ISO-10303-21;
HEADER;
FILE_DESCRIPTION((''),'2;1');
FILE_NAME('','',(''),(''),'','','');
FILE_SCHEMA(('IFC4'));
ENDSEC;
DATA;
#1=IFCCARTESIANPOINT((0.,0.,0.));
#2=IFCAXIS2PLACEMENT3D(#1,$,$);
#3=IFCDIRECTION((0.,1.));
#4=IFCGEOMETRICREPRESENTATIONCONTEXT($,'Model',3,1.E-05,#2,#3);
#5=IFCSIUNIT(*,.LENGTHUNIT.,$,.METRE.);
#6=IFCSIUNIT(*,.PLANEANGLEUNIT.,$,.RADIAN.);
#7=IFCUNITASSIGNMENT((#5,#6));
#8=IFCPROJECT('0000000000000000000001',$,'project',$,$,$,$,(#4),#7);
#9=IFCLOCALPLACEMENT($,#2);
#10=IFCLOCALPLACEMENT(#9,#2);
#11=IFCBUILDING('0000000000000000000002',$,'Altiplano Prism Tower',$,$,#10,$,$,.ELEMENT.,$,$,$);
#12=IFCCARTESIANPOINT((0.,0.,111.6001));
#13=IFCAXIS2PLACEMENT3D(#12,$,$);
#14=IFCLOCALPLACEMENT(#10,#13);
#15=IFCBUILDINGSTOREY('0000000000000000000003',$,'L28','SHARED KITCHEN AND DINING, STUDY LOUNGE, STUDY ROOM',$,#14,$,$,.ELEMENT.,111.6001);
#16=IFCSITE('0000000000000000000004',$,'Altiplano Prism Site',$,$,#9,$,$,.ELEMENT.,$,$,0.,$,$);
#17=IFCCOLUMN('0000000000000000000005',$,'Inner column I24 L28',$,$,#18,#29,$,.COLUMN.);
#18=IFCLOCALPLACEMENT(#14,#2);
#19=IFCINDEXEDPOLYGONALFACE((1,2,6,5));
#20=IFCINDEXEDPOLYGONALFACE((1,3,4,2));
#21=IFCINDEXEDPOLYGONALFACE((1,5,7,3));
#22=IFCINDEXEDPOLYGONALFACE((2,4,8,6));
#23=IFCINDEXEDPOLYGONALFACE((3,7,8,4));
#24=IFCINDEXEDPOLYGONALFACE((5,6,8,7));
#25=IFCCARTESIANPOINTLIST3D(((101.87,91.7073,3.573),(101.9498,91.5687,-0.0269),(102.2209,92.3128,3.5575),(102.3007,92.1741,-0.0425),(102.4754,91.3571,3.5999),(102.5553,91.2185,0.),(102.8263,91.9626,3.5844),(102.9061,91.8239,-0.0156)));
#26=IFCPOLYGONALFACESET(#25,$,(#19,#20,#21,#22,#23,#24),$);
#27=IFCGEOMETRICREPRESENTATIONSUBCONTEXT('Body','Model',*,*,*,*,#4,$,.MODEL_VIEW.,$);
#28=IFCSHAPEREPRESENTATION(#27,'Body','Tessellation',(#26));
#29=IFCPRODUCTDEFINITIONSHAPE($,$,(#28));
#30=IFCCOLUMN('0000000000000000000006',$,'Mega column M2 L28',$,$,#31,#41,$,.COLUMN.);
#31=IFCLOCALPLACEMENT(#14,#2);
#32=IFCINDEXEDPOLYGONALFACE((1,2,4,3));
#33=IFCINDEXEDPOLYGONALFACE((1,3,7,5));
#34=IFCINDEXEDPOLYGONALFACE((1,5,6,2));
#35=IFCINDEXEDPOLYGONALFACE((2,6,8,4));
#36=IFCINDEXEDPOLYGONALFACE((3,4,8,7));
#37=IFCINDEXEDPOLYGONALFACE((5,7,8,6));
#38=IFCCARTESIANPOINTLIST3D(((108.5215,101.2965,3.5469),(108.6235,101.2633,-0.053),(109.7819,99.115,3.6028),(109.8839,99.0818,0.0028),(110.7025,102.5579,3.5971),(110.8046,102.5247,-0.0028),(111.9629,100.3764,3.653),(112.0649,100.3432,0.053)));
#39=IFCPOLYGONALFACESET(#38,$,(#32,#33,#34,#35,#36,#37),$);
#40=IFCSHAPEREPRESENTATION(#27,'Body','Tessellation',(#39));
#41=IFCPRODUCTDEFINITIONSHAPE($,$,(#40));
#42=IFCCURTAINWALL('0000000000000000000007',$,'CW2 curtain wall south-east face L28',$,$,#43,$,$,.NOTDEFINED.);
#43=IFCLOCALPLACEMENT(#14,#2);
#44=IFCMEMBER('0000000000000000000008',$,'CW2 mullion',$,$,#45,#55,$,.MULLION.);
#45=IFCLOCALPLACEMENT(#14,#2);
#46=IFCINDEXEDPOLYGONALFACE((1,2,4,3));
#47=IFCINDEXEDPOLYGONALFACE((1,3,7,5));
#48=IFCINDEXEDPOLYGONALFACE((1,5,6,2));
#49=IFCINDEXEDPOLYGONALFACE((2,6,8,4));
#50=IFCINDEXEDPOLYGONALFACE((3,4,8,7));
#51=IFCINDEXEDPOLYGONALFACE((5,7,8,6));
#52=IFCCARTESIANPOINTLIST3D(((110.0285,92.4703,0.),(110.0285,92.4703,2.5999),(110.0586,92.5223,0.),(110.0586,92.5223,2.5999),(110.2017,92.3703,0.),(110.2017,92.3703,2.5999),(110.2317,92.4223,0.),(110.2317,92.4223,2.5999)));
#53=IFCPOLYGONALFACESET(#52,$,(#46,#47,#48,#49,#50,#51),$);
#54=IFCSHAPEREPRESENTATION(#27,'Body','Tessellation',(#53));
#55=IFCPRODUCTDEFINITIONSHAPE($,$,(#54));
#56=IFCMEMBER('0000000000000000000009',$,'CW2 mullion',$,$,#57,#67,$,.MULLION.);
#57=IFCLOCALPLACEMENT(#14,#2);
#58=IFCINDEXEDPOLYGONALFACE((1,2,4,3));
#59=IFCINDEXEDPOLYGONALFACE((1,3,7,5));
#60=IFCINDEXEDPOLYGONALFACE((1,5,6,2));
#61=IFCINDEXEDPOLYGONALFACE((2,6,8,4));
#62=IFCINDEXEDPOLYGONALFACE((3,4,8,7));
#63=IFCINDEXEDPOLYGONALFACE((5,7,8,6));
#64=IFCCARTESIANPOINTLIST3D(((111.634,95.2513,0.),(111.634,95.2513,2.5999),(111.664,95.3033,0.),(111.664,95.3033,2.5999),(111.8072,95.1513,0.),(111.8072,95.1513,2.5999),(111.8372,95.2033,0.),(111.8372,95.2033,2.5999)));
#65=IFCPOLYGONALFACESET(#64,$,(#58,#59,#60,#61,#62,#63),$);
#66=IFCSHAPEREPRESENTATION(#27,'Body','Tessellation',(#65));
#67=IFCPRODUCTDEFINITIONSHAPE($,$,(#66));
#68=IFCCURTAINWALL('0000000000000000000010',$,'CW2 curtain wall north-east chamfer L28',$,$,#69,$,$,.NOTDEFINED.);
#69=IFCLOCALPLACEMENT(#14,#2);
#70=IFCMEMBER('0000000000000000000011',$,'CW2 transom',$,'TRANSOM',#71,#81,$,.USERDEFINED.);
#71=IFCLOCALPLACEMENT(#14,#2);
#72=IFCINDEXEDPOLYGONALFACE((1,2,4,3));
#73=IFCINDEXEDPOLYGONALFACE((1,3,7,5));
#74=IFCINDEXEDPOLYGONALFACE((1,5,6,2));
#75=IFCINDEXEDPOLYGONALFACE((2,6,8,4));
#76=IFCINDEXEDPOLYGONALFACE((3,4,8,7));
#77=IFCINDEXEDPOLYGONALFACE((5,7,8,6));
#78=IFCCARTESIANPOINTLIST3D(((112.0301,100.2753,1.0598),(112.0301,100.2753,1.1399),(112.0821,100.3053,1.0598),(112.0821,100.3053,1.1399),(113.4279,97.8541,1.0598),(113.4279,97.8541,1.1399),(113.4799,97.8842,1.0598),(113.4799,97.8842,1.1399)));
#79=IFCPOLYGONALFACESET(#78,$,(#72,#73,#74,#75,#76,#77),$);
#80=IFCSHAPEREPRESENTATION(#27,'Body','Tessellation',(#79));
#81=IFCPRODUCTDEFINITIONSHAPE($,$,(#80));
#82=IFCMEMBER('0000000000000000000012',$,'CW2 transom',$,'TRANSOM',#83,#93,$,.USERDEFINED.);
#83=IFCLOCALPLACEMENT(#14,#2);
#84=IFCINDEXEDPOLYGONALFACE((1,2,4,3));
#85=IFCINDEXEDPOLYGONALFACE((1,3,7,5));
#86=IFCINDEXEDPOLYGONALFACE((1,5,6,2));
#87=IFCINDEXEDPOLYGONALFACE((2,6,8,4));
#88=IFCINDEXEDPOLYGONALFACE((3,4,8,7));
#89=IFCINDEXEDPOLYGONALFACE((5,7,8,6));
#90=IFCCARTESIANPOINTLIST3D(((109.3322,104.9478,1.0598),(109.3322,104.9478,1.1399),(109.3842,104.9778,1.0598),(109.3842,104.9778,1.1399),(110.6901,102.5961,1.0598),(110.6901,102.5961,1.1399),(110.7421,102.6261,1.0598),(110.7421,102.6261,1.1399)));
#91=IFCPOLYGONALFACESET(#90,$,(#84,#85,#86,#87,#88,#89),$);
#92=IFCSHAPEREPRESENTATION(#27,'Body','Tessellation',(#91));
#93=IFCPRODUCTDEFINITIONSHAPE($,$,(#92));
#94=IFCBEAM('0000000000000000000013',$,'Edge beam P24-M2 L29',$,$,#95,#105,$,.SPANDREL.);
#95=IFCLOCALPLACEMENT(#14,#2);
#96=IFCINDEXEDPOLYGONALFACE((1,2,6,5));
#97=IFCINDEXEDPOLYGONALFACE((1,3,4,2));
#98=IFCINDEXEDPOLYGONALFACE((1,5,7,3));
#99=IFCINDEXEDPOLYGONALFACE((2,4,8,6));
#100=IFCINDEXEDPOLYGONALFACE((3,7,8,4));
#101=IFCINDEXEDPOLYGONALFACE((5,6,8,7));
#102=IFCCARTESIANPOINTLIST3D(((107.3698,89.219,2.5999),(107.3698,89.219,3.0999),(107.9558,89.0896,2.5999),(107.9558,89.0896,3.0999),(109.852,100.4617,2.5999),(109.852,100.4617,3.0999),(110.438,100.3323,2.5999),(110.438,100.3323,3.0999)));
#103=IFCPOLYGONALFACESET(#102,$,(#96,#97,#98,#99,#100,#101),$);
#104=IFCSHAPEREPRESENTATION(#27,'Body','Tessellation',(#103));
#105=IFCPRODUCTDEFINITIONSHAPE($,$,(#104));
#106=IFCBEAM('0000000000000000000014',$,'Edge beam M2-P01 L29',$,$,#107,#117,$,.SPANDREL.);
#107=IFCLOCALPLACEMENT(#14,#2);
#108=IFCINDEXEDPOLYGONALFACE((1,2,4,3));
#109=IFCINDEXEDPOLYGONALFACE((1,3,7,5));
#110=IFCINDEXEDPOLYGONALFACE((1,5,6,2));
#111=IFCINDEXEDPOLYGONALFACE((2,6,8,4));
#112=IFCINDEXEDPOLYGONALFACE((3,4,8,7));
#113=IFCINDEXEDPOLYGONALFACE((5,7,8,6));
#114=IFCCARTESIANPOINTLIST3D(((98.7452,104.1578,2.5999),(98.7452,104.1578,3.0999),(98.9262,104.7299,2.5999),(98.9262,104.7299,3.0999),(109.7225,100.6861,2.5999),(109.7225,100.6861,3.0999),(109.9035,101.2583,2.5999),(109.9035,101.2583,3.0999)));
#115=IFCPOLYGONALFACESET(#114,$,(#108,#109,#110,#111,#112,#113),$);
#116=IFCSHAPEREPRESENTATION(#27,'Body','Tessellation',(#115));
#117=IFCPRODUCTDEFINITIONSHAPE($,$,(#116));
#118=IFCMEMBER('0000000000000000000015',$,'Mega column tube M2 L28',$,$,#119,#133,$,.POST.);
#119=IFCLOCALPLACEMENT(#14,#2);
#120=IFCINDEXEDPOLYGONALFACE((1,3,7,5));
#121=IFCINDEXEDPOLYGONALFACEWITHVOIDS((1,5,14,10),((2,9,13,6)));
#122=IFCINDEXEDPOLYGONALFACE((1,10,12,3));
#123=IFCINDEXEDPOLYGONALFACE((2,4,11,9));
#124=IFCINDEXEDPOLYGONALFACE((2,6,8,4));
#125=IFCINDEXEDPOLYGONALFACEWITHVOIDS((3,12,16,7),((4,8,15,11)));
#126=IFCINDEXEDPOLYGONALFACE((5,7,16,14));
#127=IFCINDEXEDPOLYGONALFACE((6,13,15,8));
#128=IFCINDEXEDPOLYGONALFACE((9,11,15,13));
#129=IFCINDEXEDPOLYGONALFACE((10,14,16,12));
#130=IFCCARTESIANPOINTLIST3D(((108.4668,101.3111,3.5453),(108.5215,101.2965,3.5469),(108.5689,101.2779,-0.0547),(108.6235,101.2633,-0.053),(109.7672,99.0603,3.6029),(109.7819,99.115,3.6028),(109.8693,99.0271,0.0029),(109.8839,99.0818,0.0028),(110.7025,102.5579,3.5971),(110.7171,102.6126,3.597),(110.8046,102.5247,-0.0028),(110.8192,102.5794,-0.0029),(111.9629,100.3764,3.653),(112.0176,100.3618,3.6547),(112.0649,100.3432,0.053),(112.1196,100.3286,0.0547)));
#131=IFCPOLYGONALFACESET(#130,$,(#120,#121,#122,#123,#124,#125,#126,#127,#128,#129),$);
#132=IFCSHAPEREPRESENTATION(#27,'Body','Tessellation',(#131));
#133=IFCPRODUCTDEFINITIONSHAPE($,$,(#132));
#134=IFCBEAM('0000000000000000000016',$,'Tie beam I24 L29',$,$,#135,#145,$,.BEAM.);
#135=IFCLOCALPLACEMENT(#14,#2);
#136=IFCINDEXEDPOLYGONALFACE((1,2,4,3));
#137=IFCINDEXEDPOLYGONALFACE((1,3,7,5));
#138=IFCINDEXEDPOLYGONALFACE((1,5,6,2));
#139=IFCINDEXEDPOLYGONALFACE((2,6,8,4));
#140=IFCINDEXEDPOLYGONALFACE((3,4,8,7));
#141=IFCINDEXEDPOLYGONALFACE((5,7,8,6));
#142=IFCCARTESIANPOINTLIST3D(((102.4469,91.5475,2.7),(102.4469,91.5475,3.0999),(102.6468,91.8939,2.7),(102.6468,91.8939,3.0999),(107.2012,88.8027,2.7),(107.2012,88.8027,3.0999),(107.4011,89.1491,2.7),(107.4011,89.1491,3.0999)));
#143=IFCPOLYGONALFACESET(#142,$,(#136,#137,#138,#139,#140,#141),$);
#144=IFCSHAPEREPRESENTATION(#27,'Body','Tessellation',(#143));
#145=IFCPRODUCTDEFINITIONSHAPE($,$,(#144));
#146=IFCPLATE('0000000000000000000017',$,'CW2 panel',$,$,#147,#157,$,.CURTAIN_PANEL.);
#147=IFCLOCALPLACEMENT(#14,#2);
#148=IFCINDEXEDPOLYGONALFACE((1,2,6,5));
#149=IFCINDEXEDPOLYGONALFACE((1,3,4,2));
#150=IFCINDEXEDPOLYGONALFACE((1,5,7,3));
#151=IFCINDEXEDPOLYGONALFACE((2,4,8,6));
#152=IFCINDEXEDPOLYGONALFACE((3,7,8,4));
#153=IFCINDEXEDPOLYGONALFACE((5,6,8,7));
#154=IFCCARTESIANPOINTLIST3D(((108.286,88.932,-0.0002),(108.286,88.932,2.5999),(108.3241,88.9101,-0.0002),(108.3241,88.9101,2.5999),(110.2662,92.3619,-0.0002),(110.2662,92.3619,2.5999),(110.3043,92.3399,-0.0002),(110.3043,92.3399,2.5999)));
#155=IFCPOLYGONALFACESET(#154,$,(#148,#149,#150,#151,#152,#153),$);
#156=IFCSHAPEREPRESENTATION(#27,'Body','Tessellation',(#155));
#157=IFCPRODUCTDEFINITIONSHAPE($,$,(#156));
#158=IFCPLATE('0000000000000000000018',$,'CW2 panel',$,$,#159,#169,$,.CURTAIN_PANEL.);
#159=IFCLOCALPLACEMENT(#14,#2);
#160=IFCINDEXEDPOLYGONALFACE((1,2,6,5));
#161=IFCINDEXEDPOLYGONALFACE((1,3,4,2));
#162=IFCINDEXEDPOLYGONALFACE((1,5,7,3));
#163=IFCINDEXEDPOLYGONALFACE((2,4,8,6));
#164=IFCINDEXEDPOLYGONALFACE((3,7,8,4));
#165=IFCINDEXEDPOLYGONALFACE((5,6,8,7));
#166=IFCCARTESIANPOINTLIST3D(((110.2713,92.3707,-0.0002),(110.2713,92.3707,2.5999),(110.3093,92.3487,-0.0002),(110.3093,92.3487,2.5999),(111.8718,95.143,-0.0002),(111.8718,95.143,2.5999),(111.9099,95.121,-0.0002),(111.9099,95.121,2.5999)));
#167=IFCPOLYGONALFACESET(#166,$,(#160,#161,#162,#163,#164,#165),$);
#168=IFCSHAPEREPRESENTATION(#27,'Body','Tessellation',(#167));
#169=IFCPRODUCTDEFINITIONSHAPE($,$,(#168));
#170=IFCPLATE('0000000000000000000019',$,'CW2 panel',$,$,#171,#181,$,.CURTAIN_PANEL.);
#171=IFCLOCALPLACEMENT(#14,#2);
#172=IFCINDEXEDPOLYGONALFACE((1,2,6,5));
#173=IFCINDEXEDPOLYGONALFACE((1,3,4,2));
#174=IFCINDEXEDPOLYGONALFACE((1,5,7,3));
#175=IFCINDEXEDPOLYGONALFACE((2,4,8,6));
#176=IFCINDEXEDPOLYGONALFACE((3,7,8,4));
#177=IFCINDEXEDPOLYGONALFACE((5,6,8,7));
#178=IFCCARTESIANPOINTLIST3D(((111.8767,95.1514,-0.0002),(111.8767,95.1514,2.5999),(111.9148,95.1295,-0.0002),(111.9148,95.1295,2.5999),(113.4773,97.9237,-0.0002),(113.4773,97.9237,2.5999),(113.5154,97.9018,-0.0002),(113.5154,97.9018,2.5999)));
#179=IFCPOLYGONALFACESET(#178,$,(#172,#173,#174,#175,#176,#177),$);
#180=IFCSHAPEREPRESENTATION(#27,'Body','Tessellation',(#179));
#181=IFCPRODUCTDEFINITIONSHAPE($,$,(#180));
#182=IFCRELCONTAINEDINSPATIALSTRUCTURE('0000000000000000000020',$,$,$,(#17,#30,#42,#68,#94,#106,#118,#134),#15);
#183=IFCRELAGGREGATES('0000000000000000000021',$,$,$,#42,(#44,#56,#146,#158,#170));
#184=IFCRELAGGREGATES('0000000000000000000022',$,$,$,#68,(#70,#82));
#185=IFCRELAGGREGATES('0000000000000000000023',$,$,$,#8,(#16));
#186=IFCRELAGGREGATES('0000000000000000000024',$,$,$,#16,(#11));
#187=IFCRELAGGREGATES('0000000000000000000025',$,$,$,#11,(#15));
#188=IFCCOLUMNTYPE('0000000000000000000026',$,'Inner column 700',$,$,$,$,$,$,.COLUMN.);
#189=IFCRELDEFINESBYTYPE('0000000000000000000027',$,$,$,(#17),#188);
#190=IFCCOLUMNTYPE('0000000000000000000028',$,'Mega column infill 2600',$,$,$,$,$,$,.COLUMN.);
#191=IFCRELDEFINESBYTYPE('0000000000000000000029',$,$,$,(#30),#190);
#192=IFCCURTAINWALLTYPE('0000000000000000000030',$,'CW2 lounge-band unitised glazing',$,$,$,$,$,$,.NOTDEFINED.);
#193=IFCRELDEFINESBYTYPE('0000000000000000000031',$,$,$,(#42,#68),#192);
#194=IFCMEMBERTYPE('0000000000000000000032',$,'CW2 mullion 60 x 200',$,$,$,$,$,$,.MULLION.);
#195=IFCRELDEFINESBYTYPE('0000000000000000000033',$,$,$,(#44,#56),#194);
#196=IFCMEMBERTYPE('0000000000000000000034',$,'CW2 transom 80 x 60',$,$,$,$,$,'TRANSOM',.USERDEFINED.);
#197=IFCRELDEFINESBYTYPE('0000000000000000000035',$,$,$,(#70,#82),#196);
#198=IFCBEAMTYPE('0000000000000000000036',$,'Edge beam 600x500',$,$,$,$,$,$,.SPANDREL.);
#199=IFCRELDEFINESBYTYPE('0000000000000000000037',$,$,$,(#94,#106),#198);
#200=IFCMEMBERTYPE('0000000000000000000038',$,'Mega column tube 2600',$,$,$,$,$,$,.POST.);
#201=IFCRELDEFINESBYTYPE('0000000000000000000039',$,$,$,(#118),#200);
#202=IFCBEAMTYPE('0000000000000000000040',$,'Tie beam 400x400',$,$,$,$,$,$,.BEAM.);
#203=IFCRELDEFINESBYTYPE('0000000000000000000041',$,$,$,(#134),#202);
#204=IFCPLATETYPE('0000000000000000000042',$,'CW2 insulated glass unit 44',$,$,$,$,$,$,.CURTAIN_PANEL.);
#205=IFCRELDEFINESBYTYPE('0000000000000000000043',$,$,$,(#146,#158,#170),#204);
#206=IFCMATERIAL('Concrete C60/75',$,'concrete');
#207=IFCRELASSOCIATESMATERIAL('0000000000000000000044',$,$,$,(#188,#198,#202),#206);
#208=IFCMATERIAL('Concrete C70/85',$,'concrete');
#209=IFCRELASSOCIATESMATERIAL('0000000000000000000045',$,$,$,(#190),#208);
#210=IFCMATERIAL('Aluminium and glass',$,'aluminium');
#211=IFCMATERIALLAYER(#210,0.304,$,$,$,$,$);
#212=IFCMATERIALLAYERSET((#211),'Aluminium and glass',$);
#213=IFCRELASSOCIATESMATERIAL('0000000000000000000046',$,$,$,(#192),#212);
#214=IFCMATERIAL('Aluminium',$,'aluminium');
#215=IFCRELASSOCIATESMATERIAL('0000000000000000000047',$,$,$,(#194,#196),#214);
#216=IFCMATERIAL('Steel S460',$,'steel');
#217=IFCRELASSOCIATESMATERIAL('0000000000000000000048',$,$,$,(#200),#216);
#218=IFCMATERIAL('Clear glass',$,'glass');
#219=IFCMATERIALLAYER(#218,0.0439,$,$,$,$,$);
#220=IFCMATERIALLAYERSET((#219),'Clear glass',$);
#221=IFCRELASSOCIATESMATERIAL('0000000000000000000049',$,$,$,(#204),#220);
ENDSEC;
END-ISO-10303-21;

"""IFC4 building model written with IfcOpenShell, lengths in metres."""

from ifc_helpers import new_model, si_unit, direction, frame, origin, origin_2d, place, context, subcontext, project, spatial, rectangle, hollow_rectangle, extrude, material, layer, layer_set, material_profile, profile_set, type_object, element, aggregate, save


model = new_model("IFC4")

# Units and contexts
model_context = context("Model", 3, precision=1e-05, world=origin(), true_north=direction((0.0, 1.0)))
body_context = subcontext(model_context, "Body", "Model", "MODEL_VIEW")
ifc_project = project(units=[si_unit("LENGTHUNIT", "METRE"), si_unit("PLANEANGLEUNIT", "RADIAN")], contexts=[model_context])

# Site, building, storey
site_placement = place(None, origin())
site = spatial("IfcSite", under=ifc_project, at=site_placement, Name="Altiplano Prism Site", CompositionType="ELEMENT", RefElevation=0.0)
building_placement = place(site_placement, origin())
building = spatial("IfcBuilding", under=site, at=building_placement, Name="Altiplano Prism Tower", CompositionType="ELEMENT")
storey_placement = place(building_placement, frame((0.0, 0.0, 111.6001)))
storey = spatial("IfcBuildingStorey", under=building, at=storey_placement, Name="L28", Description="SHARED KITCHEN AND DINING, STUDY LOUNGE, STUDY ROOM", CompositionType="ELEMENT", Elevation=111.6001)

# Columns
ifc_material_1 = material(Name="Concrete C60/75", Category="concrete")
ifc_material_profile_1 = material_profile(ifc_material_1, rectangle(XDim=0.7, YDim=0.7, at=origin_2d()), Name="Inner column 700")
ifc_profile_set_1 = profile_set([ifc_material_profile_1], Name="Concrete C60/75")
column_type_1 = type_object("IfcColumnType", Name="Inner column 700", PredefinedType="COLUMN", material=ifc_profile_set_1)
column_1_placement = place(storey_placement, frame((102.428, 91.6963, -0.0212), z_axis=(-0.022155, 0.038484, 0.999014), x_axis=(-0.501318, -0.864978, 0.022203)))
element("IfcColumn", 1, at=column_1_placement, inside=storey, type_object=column_type_1, Name="Inner column I24 L28", PredefinedType="COLUMN", context=body_context, shape_type="SweptSolid", body=[
    extrude(rectangle(XDim=0.7, YDim=0.7, at=origin_2d()), origin(), (0.0, 0.0, 1.0), 3.6035),
])
ifc_material_2 = material(Name="Concrete C70/85", Category="concrete")
ifc_material_profile_2 = material_profile(ifc_material_2, rectangle(XDim=2.52, YDim=2.52, at=origin_2d()), Name="Mega column infill 2600")
ifc_profile_set_2 = profile_set([ifc_material_profile_2], Name="Concrete C70/85")
column_type_2 = type_object("IfcColumnType", Name="Mega column infill 2600", PredefinedType="COLUMN", material=ifc_profile_set_2)
column_2_placement = place(storey_placement, frame((110.3442, 100.8032, 0.0), z_axis=(-0.028336, 0.009219, 0.999556), x_axis=(0.500148, -0.865656, 0.022163)))
element("IfcColumn", 2, at=column_2_placement, inside=storey, type_object=column_type_2, Name="Mega column M2 L28", PredefinedType="COLUMN", context=body_context, shape_type="SweptSolid", body=[
    extrude(rectangle(XDim=2.52, YDim=2.52, at=origin_2d()), origin(), (0.0, 0.0, 1.0), 3.6016),
])

# Curtain walls, members
ifc_material_3 = material(Name="Aluminium and glass", Category="aluminium")
ifc_layer_1 = layer(ifc_material_3, 0.304)
ifc_layer_set_1 = layer_set([ifc_layer_1], Name="Aluminium and glass")
curtain_wall_type = type_object("IfcCurtainWallType", Name="CW2 lounge-band unitised glazing", PredefinedType="NOTDEFINED", material=ifc_layer_set_1)
curtain_wall_1_placement = place(storey_placement, origin())
curtain_wall_1 = element("IfcCurtainWall", 3, at=curtain_wall_1_placement, inside=storey, type_object=curtain_wall_type, Name="CW2 curtain wall south-east face L28", PredefinedType="NOTDEFINED")
ifc_material_4 = material(Name="Aluminium", Category="aluminium")
ifc_material_profile_3 = material_profile(ifc_material_4, rectangle(XDim=0.2, YDim=0.0601, at=origin_2d()), Name="CW2 mullion 60 x 200")
ifc_profile_set_3 = profile_set([ifc_material_profile_3], Name="Aluminium")
member_type_1 = type_object("IfcMemberType", Name="CW2 mullion 60 x 200", PredefinedType="MULLION", material=ifc_profile_set_3)
member_1_placement = place(storey_placement, frame((110.1301, 92.4463, 0.0), z_axis=(0.0, 0.0, 1.0), x_axis=(-0.866025, 0.5, 0.0)))
member_1 = element("IfcMember", 4, at=member_1_placement, type_object=member_type_1, Name="CW2 mullion", PredefinedType="MULLION", context=body_context, shape_type="SweptSolid", body=[
    extrude(rectangle(XDim=0.2, YDim=0.0601, at=origin_2d()), origin(), (0.0, 0.0, 1.0), 2.5999),
])
member_2_placement = place(storey_placement, frame((111.7356, 95.2273, 0.0), z_axis=(0.0, 0.0, 1.0), x_axis=(-0.866025, 0.5, 0.0)))
member_2 = element("IfcMember", 5, at=member_2_placement, type_object=member_type_1, Name="CW2 mullion", PredefinedType="MULLION", context=body_context, shape_type="SweptSolid", body=[
    extrude(rectangle(XDim=0.2, YDim=0.0601, at=origin_2d()), origin(), (0.0, 0.0, 1.0), 2.5999),
])
curtain_wall_2_placement = place(storey_placement, origin())
curtain_wall_2 = element("IfcCurtainWall", 6, at=curtain_wall_2_placement, inside=storey, type_object=curtain_wall_type, Name="CW2 curtain wall north-east chamfer L28", PredefinedType="NOTDEFINED")
ifc_material_profile_4 = material_profile(ifc_material_4, rectangle(XDim=0.0601, YDim=0.0801, at=origin_2d()), Name="CW2 transom 80 x 60")
ifc_profile_set_4 = profile_set([ifc_material_profile_4], Name="Aluminium")
member_type_2 = type_object("IfcMemberType", Name="CW2 transom 80 x 60", ElementType="TRANSOM", PredefinedType="USERDEFINED", material=ifc_profile_set_4)
member_3_placement = place(storey_placement, frame((113.4539, 97.8691, 1.0999), z_axis=(-0.499962, 0.866047, 0.0), x_axis=(-0.866047, -0.499962, 0.0)))
member_3 = element("IfcMember", 7, at=member_3_placement, type_object=member_type_2, Name="CW2 transom", ObjectType="TRANSOM", PredefinedType="USERDEFINED", context=body_context, shape_type="SweptSolid", body=[
    extrude(rectangle(XDim=0.0601, YDim=0.0801, at=origin_2d()), origin(), (0.0, 0.0, 1.0), 2.7957),
])
member_4_placement = place(storey_placement, frame((110.7161, 102.6111, 1.0999), z_axis=(-0.500026, 0.86601, 0.0), x_axis=(-0.86601, -0.500026, 0.0)))
member_4 = element("IfcMember", 8, at=member_4_placement, type_object=member_type_2, Name="CW2 transom", ObjectType="TRANSOM", PredefinedType="USERDEFINED", context=body_context, shape_type="SweptSolid", body=[
    extrude(rectangle(XDim=0.0601, YDim=0.0801, at=origin_2d()), origin(), (0.0, 0.0, 1.0), 2.7156),
])

# Beams
ifc_material_profile_5 = material_profile(ifc_material_1, rectangle(XDim=0.6001, YDim=0.5, at=origin_2d()), Name="Edge beam 600x500")
ifc_profile_set_5 = profile_set([ifc_material_profile_5], Name="Concrete C60/75")
beam_type_1 = type_object("IfcBeamType", Name="Edge beam 600x500", PredefinedType="SPANDREL", material=ifc_profile_set_5)
beam_1_placement = place(storey_placement, frame((107.6628, 89.1543, 2.8499), z_axis=(0.21559, 0.976484, 0.0), x_axis=(-0.976484, 0.21559, 0.0)))
element("IfcBeam", 9, at=beam_1_placement, inside=storey, type_object=beam_type_1, Name="Edge beam P24-M2 L29", PredefinedType="SPANDREL", context=body_context, shape_type="SweptSolid", body=[
    extrude(rectangle(XDim=0.6001, YDim=0.5, at=origin_2d()), origin(), (0.0, 0.0, 1.0), 11.5134),
])
beam_2_placement = place(storey_placement, frame((109.813, 100.9722, 2.8499), z_axis=(-0.953454, 0.301539, 0.0), x_axis=(-0.301539, -0.953454, 0.0)))
element("IfcBeam", 10, at=beam_2_placement, inside=storey, type_object=beam_type_1, Name="Edge beam M2-P01 L29", PredefinedType="SPANDREL", context=body_context, shape_type="SweptSolid", body=[
    extrude(rectangle(XDim=0.6001, YDim=0.5, at=origin_2d()), origin(), (0.0, 0.0, 1.0), 11.5132),
])

# Member
ifc_material_5 = material(Name="Steel S460", Category="steel")
ifc_material_profile_6 = material_profile(ifc_material_5, hollow_rectangle(XDim=2.6001, YDim=2.6001, WallThickness=0.04, at=origin_2d()), Name="Mega column tube 2600")
ifc_profile_set_6 = profile_set([ifc_material_profile_6], Name="Steel S460")
member_type_3 = type_object("IfcMemberType", Name="Mega column tube 2600", PredefinedType="POST", material=ifc_profile_set_6)
member_5_placement = place(storey_placement, frame((110.3442, 100.8032, 0.0), z_axis=(-0.028336, 0.009219, 0.999556), x_axis=(0.500148, -0.865656, 0.022163)))
element("IfcMember", 11, at=member_5_placement, inside=storey, type_object=member_type_3, Name="Mega column tube M2 L28", PredefinedType="POST", context=body_context, shape_type="SweptSolid", body=[
    extrude(hollow_rectangle(XDim=2.6001, YDim=2.6001, WallThickness=0.04, at=origin_2d()), origin(), (0.0, 0.0, 1.0), 3.6016),
])

# Beam
ifc_material_profile_7 = material_profile(ifc_material_1, rectangle(XDim=0.3999, YDim=0.3999, at=origin_2d()), Name="Tie beam 400x400")
ifc_profile_set_7 = profile_set([ifc_material_profile_7], Name="Concrete C60/75")
beam_type_2 = type_object("IfcBeamType", Name="Tie beam 400x400", PredefinedType="BEAM", material=ifc_profile_set_7)
beam_3_placement = place(storey_placement, frame((102.5469, 91.7207, 2.8999), z_axis=(0.866032, -0.499989, 0.0), x_axis=(0.499989, 0.866032, 0.0)))
element("IfcBeam", 12, at=beam_3_placement, inside=storey, type_object=beam_type_2, Name="Tie beam I24 L29", PredefinedType="BEAM", context=body_context, shape_type="SweptSolid", body=[
    extrude(rectangle(XDim=0.3999, YDim=0.3999, at=origin_2d()), origin(), (0.0, 0.0, 1.0), 5.4897),
])

# Plates
ifc_material_6 = material(Name="Clear glass", Category="glass")
ifc_layer_2 = layer(ifc_material_6, 0.0439)
ifc_layer_set_2 = layer_set([ifc_layer_2], Name="Clear glass")
plate_type = type_object("IfcPlateType", Name="CW2 insulated glass unit 44", PredefinedType="CURTAIN_PANEL", material=ifc_layer_set_2)
plate_1_placement = place(storey_placement, frame((109.2952, 90.636, -0.0002), z_axis=(0.0, 0.0, 1.0), x_axis=(0.5, 0.866025, 0.0)))
plate_1 = element("IfcPlate", 13, at=plate_1_placement, type_object=plate_type, Name="CW2 panel", PredefinedType="CURTAIN_PANEL", context=body_context, shape_type="SweptSolid", body=[
    extrude(rectangle(XDim=3.9604, YDim=0.0439, at=origin_2d()), origin(), (0.0, 0.0, 1.0), 2.6001),
])
plate_2_placement = place(storey_placement, frame((111.0906, 93.7458, -0.0002), z_axis=(0.0, 0.0, 1.0), x_axis=(0.5, 0.866025, 0.0)))
plate_2 = element("IfcPlate", 14, at=plate_2_placement, type_object=plate_type, Name="CW2 panel", PredefinedType="CURTAIN_PANEL", context=body_context, shape_type="SweptSolid", body=[
    extrude(rectangle(XDim=3.2012, YDim=0.0439, at=origin_2d()), origin(), (0.0, 0.0, 1.0), 2.6001),
])
plate_3_placement = place(storey_placement, frame((112.696, 96.5266, -0.0002), z_axis=(0.0, 0.0, 1.0), x_axis=(0.5, 0.866025, 0.0)))
plate_3 = element("IfcPlate", 15, at=plate_3_placement, type_object=plate_type, Name="CW2 panel", PredefinedType="CURTAIN_PANEL", context=body_context, shape_type="SweptSolid", body=[
    extrude(rectangle(XDim=3.2012, YDim=0.0439, at=origin_2d()), origin(), (0.0, 0.0, 1.0), 2.6001),
])
aggregate(curtain_wall_1, [member_1, member_2, plate_1, plate_2, plate_3])
aggregate(curtain_wall_2, [member_3, member_4])

save(model, "model.ifc")
